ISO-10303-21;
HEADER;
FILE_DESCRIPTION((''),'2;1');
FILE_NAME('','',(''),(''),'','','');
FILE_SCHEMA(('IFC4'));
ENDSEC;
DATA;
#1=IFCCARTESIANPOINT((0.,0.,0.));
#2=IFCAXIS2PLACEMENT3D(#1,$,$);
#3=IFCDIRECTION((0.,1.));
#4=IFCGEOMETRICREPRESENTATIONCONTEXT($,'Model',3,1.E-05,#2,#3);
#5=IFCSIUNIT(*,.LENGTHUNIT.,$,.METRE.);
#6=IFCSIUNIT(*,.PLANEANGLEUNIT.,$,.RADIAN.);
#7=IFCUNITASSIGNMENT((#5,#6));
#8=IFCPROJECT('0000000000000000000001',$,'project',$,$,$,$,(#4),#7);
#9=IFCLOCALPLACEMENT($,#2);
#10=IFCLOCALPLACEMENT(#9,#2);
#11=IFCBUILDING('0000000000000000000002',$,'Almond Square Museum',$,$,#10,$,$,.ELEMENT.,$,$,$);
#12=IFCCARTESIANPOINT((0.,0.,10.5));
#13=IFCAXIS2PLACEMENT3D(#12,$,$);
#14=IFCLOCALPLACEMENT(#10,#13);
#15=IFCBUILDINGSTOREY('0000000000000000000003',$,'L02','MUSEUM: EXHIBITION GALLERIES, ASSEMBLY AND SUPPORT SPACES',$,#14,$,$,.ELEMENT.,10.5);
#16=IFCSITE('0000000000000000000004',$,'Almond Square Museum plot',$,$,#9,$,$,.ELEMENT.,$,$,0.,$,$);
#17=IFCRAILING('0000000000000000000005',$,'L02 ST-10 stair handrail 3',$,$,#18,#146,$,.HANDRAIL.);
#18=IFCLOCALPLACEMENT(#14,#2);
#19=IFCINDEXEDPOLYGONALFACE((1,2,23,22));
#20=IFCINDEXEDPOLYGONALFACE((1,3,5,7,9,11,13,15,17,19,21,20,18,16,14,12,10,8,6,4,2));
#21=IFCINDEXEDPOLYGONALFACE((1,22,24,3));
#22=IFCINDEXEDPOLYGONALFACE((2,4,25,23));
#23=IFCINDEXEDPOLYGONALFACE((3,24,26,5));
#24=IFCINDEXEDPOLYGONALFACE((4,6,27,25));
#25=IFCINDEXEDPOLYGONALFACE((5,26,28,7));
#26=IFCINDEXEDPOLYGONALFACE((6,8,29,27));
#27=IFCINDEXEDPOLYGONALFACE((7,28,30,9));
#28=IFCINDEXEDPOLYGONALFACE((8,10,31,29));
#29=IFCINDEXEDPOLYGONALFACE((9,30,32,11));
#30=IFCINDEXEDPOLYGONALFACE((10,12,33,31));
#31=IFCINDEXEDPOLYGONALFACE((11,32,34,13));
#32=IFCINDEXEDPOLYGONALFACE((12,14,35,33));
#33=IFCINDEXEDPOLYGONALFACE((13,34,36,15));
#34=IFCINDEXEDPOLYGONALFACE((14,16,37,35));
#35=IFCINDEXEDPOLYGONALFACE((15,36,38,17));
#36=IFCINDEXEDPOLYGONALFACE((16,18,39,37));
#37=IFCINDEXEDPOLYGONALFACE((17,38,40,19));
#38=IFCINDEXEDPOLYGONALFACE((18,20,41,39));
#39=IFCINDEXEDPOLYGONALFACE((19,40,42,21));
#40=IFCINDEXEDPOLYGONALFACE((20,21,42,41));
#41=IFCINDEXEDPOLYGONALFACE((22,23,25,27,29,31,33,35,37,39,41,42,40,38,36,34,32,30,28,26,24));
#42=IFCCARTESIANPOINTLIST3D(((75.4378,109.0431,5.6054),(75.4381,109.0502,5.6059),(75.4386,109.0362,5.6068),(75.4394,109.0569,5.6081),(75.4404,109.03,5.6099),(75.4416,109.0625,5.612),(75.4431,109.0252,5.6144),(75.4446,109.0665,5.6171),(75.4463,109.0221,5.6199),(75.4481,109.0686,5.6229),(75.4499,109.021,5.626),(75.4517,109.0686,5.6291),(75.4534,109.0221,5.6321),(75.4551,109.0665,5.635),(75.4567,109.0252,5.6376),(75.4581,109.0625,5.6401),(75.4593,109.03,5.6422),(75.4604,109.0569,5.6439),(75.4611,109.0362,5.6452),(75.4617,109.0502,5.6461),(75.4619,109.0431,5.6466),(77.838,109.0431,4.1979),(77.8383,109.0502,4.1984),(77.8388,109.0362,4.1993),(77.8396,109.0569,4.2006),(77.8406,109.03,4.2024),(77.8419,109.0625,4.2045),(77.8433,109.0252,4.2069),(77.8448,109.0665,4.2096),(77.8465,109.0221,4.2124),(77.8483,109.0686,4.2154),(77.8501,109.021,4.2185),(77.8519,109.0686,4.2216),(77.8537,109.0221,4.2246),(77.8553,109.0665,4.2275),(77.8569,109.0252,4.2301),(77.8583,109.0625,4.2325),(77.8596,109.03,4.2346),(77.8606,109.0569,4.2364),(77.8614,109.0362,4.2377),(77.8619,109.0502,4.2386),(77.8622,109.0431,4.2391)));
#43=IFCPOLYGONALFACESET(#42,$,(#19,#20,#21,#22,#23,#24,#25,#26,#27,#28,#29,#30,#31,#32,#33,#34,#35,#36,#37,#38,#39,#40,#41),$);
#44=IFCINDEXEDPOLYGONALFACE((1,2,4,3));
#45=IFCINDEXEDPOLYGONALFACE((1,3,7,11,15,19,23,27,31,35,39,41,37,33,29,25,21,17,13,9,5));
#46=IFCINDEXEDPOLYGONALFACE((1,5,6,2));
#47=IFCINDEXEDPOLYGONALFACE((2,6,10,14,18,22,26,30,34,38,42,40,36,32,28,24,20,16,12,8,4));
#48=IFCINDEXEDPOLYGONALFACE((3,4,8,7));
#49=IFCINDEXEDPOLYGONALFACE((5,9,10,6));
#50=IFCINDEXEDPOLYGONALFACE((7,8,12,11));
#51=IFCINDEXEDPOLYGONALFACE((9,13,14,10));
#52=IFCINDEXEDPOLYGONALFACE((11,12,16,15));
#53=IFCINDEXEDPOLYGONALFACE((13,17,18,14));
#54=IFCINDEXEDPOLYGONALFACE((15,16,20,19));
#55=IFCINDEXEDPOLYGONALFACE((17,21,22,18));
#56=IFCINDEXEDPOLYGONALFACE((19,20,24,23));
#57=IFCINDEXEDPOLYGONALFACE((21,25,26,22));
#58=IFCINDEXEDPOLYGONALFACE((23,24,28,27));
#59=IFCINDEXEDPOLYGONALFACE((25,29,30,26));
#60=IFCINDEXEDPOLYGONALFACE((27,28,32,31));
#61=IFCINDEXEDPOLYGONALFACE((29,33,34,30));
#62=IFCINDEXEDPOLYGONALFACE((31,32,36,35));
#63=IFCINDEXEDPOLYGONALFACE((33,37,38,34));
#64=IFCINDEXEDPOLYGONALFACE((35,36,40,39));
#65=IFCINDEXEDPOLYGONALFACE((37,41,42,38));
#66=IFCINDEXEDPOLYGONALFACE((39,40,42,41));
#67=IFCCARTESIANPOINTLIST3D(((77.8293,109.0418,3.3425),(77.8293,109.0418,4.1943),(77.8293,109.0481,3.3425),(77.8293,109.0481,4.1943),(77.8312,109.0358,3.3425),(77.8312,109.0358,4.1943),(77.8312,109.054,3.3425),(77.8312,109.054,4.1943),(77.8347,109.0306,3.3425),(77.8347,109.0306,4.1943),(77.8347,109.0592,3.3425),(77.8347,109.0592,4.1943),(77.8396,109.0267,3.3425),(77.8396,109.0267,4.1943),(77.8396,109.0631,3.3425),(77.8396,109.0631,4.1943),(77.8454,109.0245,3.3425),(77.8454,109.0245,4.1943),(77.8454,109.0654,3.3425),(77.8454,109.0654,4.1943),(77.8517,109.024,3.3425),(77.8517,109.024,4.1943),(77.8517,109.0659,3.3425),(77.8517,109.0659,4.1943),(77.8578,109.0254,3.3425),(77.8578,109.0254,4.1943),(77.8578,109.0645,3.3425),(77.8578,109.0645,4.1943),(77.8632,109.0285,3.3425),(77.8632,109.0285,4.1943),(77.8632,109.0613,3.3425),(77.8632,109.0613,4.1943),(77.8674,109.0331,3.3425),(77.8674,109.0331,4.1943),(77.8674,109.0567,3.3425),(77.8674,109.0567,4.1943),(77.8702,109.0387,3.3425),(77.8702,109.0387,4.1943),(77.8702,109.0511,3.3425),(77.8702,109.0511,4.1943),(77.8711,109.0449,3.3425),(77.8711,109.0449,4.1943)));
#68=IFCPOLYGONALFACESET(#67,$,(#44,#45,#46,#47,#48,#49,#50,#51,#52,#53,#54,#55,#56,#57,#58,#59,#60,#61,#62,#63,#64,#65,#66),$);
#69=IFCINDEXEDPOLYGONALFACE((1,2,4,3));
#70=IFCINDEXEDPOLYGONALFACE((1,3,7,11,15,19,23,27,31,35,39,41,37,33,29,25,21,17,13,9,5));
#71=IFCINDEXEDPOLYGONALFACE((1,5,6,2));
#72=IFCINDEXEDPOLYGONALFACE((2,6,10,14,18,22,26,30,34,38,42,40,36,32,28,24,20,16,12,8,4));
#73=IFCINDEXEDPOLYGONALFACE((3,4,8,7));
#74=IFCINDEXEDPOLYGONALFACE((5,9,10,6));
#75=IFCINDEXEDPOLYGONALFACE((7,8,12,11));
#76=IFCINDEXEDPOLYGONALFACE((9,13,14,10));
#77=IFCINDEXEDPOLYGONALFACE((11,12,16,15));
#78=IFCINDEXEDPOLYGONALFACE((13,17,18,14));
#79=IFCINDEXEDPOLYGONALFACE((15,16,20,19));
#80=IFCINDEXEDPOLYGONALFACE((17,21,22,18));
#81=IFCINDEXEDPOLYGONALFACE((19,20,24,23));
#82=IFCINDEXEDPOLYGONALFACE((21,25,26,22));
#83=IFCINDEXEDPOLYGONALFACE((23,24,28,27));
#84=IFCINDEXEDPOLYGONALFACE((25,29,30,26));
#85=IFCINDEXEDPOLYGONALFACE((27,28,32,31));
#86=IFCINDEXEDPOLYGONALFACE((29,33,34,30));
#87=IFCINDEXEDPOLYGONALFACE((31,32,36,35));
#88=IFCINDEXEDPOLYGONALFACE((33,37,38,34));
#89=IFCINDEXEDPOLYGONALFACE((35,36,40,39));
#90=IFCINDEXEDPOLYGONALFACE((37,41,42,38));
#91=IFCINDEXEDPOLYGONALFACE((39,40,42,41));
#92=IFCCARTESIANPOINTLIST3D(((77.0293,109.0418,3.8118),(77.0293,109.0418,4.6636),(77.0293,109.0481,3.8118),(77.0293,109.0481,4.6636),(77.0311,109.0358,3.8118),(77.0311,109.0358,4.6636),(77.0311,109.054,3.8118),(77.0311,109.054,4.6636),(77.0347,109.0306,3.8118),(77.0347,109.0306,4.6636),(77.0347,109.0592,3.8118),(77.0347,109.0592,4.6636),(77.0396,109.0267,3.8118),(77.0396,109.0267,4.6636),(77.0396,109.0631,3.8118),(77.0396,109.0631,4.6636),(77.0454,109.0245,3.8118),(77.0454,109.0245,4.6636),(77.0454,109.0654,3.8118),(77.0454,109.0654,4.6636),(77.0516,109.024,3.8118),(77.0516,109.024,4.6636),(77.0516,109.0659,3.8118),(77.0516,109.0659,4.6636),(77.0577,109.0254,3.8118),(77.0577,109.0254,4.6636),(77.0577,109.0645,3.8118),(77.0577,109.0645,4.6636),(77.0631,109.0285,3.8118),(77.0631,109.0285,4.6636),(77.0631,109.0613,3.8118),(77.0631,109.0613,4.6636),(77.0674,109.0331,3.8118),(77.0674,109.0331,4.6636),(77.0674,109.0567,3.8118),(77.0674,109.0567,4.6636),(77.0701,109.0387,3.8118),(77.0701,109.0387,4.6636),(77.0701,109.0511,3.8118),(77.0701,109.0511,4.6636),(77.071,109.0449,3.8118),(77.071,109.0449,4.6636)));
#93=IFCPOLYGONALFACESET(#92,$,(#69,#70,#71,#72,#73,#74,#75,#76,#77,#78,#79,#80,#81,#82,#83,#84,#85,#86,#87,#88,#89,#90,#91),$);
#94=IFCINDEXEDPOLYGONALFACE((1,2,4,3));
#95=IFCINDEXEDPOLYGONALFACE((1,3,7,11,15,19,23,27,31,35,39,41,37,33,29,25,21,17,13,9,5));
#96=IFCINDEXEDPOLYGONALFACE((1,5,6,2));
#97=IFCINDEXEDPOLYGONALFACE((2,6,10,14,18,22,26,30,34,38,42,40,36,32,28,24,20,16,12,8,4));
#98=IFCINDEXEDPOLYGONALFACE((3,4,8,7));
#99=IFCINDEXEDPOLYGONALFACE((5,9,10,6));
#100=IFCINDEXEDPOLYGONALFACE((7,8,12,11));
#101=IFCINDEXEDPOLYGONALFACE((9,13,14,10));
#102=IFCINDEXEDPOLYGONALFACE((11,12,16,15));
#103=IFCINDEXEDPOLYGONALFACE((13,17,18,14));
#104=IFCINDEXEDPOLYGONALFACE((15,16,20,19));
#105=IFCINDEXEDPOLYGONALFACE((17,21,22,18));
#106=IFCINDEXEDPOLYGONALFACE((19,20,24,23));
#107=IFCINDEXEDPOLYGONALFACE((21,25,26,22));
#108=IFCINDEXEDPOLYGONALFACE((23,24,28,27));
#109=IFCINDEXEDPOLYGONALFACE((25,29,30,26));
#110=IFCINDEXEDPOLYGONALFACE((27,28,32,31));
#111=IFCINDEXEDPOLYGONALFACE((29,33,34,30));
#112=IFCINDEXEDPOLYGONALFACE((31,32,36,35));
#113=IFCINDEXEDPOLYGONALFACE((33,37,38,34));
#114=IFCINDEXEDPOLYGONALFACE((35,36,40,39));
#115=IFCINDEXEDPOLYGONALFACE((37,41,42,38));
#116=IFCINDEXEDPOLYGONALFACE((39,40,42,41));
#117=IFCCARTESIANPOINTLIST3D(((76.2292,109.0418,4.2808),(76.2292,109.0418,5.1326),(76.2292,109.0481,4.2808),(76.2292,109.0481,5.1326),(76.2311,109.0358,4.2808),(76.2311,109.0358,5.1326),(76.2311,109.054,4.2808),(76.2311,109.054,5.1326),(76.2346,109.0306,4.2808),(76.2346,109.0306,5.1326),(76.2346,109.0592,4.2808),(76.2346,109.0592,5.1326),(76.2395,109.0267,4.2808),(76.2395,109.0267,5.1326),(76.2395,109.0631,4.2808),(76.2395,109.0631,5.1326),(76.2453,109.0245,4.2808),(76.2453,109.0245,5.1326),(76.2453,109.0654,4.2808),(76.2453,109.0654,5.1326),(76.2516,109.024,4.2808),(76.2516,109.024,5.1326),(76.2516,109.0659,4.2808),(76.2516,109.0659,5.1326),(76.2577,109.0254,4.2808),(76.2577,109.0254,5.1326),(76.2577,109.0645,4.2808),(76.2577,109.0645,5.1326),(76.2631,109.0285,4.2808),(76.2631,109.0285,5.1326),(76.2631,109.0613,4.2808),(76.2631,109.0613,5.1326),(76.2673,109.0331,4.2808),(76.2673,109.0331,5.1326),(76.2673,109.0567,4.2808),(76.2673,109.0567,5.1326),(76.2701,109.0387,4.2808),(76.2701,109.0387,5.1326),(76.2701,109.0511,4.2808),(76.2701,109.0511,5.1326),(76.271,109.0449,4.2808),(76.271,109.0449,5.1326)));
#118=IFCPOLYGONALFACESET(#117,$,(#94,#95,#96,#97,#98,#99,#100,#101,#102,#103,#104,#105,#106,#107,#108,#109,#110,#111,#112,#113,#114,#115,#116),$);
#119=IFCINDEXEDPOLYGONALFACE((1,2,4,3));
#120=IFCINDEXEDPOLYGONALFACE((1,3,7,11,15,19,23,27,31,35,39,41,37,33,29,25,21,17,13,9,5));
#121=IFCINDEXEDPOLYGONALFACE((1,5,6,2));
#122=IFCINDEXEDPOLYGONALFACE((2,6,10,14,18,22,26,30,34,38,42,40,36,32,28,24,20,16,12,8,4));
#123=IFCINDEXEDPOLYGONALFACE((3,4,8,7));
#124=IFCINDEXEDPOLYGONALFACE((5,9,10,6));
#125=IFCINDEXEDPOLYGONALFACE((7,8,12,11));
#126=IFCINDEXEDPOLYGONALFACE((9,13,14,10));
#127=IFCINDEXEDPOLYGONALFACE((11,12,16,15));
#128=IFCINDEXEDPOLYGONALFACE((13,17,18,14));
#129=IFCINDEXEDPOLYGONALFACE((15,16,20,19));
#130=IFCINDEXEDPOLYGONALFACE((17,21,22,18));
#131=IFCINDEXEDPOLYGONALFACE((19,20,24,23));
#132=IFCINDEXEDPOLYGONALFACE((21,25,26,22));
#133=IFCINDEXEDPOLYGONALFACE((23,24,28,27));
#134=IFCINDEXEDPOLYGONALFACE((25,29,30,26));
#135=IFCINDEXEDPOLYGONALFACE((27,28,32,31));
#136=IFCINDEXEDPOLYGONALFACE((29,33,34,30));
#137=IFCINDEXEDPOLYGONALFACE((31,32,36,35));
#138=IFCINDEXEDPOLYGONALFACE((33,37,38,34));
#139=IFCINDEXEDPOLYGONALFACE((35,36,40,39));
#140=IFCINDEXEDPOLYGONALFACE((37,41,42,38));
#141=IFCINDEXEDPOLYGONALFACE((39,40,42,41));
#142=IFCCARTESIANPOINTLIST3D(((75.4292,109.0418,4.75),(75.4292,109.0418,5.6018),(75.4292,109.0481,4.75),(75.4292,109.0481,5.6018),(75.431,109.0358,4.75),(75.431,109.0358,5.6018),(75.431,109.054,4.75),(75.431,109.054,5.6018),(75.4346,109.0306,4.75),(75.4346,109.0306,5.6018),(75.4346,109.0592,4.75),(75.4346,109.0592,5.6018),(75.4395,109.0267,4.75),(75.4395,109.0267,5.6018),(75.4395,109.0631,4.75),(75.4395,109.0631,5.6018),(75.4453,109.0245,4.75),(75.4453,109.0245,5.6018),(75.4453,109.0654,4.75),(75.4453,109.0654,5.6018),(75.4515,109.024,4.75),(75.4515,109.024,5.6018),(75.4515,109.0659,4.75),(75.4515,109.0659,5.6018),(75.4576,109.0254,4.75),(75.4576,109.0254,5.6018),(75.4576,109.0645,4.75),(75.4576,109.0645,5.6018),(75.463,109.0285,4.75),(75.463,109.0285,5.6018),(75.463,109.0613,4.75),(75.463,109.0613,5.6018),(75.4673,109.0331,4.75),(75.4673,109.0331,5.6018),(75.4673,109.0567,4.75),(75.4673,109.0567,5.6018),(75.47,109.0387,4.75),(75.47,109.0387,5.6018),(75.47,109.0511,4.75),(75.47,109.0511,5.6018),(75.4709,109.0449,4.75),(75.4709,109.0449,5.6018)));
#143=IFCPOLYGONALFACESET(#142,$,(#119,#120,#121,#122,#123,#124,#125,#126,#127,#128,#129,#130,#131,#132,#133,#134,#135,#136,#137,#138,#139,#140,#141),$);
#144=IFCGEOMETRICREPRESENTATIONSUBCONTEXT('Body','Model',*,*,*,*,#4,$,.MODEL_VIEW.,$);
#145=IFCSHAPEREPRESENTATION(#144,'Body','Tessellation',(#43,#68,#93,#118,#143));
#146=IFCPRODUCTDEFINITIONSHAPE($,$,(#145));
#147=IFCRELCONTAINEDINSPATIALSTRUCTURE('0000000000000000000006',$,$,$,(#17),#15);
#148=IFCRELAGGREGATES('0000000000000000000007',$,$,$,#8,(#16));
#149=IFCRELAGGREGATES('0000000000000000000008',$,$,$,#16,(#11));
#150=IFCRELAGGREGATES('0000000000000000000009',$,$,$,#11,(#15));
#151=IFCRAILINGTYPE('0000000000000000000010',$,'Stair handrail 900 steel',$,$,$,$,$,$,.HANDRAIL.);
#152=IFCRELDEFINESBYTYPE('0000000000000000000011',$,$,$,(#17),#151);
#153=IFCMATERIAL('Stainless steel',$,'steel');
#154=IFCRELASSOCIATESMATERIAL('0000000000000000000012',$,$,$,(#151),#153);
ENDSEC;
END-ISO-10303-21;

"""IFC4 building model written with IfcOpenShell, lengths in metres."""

from ifc_helpers import new_model, si_unit, direction, frame, origin, origin_2d, place, context, subcontext, project, spatial, circle, extrude, material, type_object, element, save


model = new_model("IFC4")

# Units and contexts
model_context = context("Model", 3, precision=1e-05, world=origin(), true_north=direction((0.0, 1.0)))
body_context = subcontext(model_context, "Body", "Model", "MODEL_VIEW")
ifc_project = project(units=[si_unit("LENGTHUNIT", "METRE"), si_unit("PLANEANGLEUNIT", "RADIAN")], contexts=[model_context])

# Site, building, storey
site_placement = place(None, origin())
site = spatial("IfcSite", under=ifc_project, at=site_placement, Name="Almond Square Museum plot", CompositionType="ELEMENT", RefElevation=0.0)
building_placement = place(site_placement, origin())
building = spatial("IfcBuilding", under=site, at=building_placement, Name="Almond Square Museum", CompositionType="ELEMENT")
storey_placement = place(building_placement, frame((0.0, 0.0, 10.5)))
storey = spatial("IfcBuildingStorey", under=building, at=storey_placement, Name="L02", Description="MUSEUM: EXHIBITION GALLERIES, ASSEMBLY AND SUPPORT SPACES", CompositionType="ELEMENT", Elevation=10.5)

# Railing
ifc_material_1 = material(Name="Stainless steel", Category="steel")
railing_type_1 = type_object("IfcRailingType", Name="Stair handrail 900 steel", PredefinedType="HANDRAIL", material=ifc_material_1)
for number, where, name in (
    (1, (77.8501, 109.0449, 3.3425), "L02 ST-10 stair handrail 3"),
):
    element("IfcRailing", number, at=place(storey_placement, frame(where)), inside=storey, type_object=railing_type_1, Name=name, PredefinedType="HANDRAIL", context=body_context, shape_type="SweptSolid", body=[
        extrude(circle(Radius=0.0239, at=origin_2d()), frame((0.0, 0.0, 0.876), z_axis=(-0.862621, 0.0, 0.50585), x_axis=(0.0, -1.0, 0.0)), (0.0, 0.0, 1.0), 2.7825),
        extrude(circle(Radius=0.021, at=origin_2d()), origin(), (0.0, 0.0, 1.0), 0.8518),
        extrude(circle(Radius=0.021, at=origin_2d()), frame((-0.8, 0.0, 0.4692)), (0.0, 0.0, 1.0), 0.8518),
        extrude(circle(Radius=0.021, at=origin_2d()), frame((-1.6001, 0.0, 0.9382)), (0.0, 0.0, 1.0), 0.8518),
        extrude(circle(Radius=0.021, at=origin_2d()), frame((-2.4001, 0.0, 1.4075)), (0.0, 0.0, 1.0), 0.8518),
    ])

save(model, "model.ifc")
